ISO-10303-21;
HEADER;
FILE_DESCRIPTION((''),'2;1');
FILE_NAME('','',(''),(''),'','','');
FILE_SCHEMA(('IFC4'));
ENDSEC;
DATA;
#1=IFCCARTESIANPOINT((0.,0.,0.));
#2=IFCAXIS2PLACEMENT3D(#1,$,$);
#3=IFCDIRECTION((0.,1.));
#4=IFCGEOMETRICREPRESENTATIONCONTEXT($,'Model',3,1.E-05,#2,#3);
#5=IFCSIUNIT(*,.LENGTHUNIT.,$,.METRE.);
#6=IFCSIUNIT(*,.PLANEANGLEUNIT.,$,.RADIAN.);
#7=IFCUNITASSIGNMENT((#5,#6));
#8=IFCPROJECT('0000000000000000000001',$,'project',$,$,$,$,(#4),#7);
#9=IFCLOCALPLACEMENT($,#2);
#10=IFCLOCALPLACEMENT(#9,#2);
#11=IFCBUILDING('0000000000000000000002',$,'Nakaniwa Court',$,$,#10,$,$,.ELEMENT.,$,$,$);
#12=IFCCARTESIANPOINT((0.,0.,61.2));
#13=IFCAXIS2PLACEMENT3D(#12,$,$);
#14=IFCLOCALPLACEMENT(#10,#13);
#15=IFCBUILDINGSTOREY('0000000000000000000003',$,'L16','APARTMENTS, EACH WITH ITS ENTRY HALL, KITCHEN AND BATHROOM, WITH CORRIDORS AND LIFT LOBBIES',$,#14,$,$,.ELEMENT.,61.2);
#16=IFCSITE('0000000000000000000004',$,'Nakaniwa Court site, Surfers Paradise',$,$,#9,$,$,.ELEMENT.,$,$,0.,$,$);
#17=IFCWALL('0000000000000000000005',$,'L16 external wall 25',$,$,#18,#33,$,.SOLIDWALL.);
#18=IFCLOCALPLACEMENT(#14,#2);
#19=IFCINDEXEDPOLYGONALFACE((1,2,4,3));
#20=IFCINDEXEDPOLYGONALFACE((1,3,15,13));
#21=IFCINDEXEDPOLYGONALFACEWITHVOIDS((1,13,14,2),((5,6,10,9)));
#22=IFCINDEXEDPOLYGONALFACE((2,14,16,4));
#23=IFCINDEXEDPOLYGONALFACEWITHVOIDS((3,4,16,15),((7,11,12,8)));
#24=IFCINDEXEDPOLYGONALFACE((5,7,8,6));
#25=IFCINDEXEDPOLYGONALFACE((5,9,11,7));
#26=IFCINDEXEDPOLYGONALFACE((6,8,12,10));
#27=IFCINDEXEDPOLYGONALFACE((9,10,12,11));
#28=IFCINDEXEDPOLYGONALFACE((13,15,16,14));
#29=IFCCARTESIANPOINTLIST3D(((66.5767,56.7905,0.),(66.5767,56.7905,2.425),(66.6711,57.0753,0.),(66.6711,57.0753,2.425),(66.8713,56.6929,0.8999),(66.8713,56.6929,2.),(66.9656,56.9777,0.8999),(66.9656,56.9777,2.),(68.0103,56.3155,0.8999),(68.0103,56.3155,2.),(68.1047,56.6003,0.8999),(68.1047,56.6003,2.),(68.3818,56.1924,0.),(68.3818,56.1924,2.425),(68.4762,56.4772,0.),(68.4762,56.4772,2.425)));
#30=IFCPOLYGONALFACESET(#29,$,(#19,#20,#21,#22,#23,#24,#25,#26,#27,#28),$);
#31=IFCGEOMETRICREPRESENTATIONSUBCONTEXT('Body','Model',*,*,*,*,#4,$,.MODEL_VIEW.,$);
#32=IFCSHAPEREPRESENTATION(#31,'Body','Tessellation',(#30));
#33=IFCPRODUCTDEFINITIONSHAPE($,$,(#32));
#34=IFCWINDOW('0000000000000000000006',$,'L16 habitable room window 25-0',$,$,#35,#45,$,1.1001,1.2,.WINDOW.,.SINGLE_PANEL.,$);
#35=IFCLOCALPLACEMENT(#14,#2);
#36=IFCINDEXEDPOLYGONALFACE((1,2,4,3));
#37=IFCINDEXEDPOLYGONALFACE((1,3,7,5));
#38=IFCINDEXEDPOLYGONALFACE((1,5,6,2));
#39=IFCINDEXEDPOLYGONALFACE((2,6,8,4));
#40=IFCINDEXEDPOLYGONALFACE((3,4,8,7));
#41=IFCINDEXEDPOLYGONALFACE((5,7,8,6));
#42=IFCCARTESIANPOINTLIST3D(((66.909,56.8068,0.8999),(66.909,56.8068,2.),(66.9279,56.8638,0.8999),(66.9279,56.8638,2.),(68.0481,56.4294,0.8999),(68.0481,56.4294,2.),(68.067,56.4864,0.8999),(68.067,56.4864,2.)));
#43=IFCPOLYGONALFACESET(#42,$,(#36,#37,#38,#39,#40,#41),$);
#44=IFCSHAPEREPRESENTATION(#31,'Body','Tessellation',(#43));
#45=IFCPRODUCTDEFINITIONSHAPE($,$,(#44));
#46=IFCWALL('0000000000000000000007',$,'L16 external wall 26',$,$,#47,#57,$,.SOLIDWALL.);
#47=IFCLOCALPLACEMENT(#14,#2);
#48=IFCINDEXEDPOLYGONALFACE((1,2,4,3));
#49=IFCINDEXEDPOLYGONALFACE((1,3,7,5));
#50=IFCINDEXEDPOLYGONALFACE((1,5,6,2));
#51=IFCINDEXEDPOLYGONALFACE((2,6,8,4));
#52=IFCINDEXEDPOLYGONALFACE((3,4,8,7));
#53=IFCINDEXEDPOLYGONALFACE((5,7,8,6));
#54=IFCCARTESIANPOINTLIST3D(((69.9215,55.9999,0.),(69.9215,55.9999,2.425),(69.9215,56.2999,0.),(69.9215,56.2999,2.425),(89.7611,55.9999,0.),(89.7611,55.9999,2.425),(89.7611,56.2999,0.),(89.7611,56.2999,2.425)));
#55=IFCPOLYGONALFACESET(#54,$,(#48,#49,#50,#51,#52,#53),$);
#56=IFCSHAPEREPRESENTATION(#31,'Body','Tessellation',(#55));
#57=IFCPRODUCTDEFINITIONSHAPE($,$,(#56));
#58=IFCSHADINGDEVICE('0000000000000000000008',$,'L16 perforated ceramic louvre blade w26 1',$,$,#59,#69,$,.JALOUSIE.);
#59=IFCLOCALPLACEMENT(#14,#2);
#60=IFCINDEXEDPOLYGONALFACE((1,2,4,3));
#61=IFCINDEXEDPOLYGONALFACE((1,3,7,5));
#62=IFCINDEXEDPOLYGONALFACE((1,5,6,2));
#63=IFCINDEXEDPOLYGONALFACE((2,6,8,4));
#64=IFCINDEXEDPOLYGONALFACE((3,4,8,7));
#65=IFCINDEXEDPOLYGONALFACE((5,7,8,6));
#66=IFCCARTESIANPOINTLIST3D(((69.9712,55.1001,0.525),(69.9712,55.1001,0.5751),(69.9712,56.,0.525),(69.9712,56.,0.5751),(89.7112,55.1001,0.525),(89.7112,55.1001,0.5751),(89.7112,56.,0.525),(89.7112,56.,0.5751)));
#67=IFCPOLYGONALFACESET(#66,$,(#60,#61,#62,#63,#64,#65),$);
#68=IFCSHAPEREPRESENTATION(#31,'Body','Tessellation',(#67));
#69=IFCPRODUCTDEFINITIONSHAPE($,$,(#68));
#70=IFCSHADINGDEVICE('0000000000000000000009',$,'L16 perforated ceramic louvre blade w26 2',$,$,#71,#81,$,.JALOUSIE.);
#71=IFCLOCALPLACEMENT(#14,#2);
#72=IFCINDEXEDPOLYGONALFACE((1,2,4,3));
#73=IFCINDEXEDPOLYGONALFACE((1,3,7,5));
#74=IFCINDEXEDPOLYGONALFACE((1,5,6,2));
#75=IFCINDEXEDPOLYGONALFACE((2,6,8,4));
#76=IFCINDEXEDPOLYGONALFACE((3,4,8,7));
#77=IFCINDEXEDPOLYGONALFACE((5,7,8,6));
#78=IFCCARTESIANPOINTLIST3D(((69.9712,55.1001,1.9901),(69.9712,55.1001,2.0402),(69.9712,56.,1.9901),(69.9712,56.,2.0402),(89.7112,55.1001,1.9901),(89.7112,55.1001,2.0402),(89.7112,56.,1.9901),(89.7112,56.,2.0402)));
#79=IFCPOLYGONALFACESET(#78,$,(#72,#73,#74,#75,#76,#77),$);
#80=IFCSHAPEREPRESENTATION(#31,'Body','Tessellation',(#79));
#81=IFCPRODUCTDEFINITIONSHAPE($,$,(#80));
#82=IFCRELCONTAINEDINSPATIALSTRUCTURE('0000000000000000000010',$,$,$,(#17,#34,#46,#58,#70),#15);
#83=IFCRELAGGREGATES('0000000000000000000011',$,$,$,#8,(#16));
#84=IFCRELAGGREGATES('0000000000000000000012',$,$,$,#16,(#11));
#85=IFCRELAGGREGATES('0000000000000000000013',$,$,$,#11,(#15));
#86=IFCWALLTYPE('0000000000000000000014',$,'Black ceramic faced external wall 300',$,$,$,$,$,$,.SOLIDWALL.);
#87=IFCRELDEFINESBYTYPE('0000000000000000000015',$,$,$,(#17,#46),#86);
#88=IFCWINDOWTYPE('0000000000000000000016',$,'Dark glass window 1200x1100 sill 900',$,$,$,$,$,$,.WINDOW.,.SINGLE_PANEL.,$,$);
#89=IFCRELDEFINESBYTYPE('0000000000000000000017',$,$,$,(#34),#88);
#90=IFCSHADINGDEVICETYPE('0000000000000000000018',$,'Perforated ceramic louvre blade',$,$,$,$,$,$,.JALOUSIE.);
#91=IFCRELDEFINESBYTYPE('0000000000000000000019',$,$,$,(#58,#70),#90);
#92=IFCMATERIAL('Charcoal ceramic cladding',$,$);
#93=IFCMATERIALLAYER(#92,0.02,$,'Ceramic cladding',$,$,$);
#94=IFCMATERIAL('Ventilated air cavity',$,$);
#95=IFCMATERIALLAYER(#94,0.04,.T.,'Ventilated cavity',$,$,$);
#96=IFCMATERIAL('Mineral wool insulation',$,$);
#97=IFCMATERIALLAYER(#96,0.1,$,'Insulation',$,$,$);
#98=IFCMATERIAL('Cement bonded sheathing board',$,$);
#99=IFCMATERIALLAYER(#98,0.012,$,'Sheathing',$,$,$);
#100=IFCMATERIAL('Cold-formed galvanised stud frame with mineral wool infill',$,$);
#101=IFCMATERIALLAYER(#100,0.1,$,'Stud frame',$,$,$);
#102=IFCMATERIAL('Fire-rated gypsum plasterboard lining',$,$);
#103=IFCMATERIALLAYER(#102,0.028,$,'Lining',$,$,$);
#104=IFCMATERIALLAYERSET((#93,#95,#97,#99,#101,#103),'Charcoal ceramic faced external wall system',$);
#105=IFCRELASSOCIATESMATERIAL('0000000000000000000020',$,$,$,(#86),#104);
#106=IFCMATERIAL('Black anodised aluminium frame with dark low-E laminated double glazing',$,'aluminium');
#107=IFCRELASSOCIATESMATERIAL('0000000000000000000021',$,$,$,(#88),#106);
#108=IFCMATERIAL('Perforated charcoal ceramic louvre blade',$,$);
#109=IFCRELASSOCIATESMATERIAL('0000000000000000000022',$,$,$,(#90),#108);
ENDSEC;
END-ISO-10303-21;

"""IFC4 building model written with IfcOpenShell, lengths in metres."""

from ifc_helpers import new_model, si_unit, direction, frame, frame_2d, origin, origin_2d, place, context, subcontext, project, spatial, rectangle, extrude, material, layer, layer_set, material_profile, profile_set, type_object, element, fill, save


model = new_model("IFC4")

# Units and contexts
model_context = context("Model", 3, precision=1e-05, world=origin(), true_north=direction((0.0, 1.0)))
body_context = subcontext(model_context, "Body", "Model", "MODEL_VIEW")
ifc_project = project(units=[si_unit("LENGTHUNIT", "METRE"), si_unit("PLANEANGLEUNIT", "RADIAN")], contexts=[model_context])

# Site, building, storey
site_placement = place(None, origin())
site = spatial("IfcSite", under=ifc_project, at=site_placement, Name="Nakaniwa Court site, Surfers Paradise", CompositionType="ELEMENT", RefElevation=0.0)
building_placement = place(site_placement, origin())
building = spatial("IfcBuilding", under=site, at=building_placement, Name="Nakaniwa Court", CompositionType="ELEMENT")
storey_placement = place(building_placement, frame((0.0, 0.0, 61.2)))
storey = spatial("IfcBuildingStorey", under=building, at=storey_placement, Name="L16", Description="APARTMENTS, EACH WITH ITS ENTRY HALL, KITCHEN AND BATHROOM, WITH CORRIDORS AND LIFT LOBBIES", CompositionType="ELEMENT", Elevation=61.2)

# Wall, opening, window
ifc_material_1 = material(Name="Charcoal ceramic cladding")
ifc_layer_1 = layer(ifc_material_1, 0.02, Name="Ceramic cladding")
ifc_material_2 = material(Name="Ventilated air cavity")
ifc_layer_2 = layer(ifc_material_2, 0.04, ventilated=True, Name="Ventilated cavity")
ifc_material_3 = material(Name="Mineral wool insulation")
ifc_layer_3 = layer(ifc_material_3, 0.1, Name="Insulation")
ifc_material_4 = material(Name="Cement bonded sheathing board")
ifc_layer_4 = layer(ifc_material_4, 0.012, Name="Sheathing")
ifc_material_5 = material(Name="Cold-formed galvanised stud frame with mineral wool infill")
ifc_layer_5 = layer(ifc_material_5, 0.1, Name="Stud frame")
ifc_material_6 = material(Name="Fire-rated gypsum plasterboard lining")
ifc_layer_6 = layer(ifc_material_6, 0.028, Name="Lining")
ifc_layer_set_1 = layer_set([ifc_layer_1, ifc_layer_2, ifc_layer_3, ifc_layer_4, ifc_layer_5, ifc_layer_6], Name="Charcoal ceramic faced external wall system")
wall_type_1 = type_object("IfcWallType", Name="Black ceramic faced external wall 300", PredefinedType="SOLIDWALL", material=ifc_layer_set_1)
ifc_material_7 = material(Name="Black anodised aluminium frame with dark low-E laminated double glazing", Category="aluminium")
window_type_1 = type_object("IfcWindowType", Name="Dark glass window 1200x1100 sill 900", PartitioningType="SINGLE_PANEL", PredefinedType="WINDOW", material=ifc_material_7)
wall_1_placement = place(storey_placement, frame((66.624, 56.9329, 0.0), z_axis=(0.0, 0.0, 1.0), x_axis=(0.949247, -0.314533, 0.0)))
wall_1 = element("IfcWall", 1, at=wall_1_placement, inside=storey, type_object=wall_type_1, Name="L16 external wall 25", PredefinedType="SOLIDWALL", context=body_context, shape_type="SweptSolid", body=[
    extrude(rectangle(XDim=1.9016, YDim=0.3, at=frame_2d((0.9507, 0.0))), origin(), (0.0, 0.0, 1.0), 2.425),
])
opening_1_placement = place(wall_1_placement, frame((0.3101, 0.0, 0.8999)))
opening_1 = element("IfcOpeningElement", 2, at=opening_1_placement, cuts=wall_1, PredefinedType="OPENING", context=body_context, shape_type="SweptSolid", body=[
    extrude(rectangle(XDim=1.2, YDim=1.1001, at=frame_2d((0.6001, 0.55))), frame((0.0, 0.1599, 0.0), z_axis=(0.0, -1.0, 0.0), x_axis=(1.0, 0.0, 0.0)), (0.0, 0.0, 1.0), 0.3201),
])
window_1_placement = place(opening_1_placement, origin())
window_1 = element("IfcWindow", 3, at=window_1_placement, inside=storey, type_object=window_type_1, Name="L16 habitable room window 25-0", OverallHeight=1.1001, OverallWidth=1.2, PartitioningType="SINGLE_PANEL", PredefinedType="WINDOW", context=body_context, shape_type="SweptSolid", body=[
    extrude(rectangle(XDim=1.2, YDim=1.1001, at=frame_2d((0.6001, 0.55))), frame((0.0, 0.03, 0.0), z_axis=(0.0, -1.0, 0.0), x_axis=(1.0, 0.0, 0.0)), (0.0, 0.0, 1.0), 0.0601),
])
fill(opening_1, window_1)

# Wall
wall_2_placement = place(storey_placement, frame((69.9214, 56.1499, 0.0), z_axis=(0.0, 0.0, 1.0), x_axis=(1.0, 0.0, 0.0)))
element("IfcWall", 4, at=wall_2_placement, inside=storey, type_object=wall_type_1, Name="L16 external wall 26", PredefinedType="SOLIDWALL", context=body_context, shape_type="SweptSolid", body=[
    extrude(rectangle(XDim=19.8396, YDim=0.3, at=frame_2d((9.9199, 0.0))), origin(), (0.0, 0.0, 1.0), 2.425),
])

# Shading devices
ifc_material_8 = material(Name="Perforated charcoal ceramic louvre blade")
ifc_material_profile_1 = material_profile(ifc_material_8, rectangle(XDim=0.8999, YDim=0.05, at=origin_2d()), Name="Perforated ceramic louvre blade")
ifc_profile_set_1 = profile_set([ifc_material_profile_1], Name="Perforated charcoal ceramic louvre blade")
shading_device_type = type_object("IfcShadingDeviceType", Name="Perforated ceramic louvre blade", PredefinedType="JALOUSIE", material=ifc_profile_set_1)
for number, where, z_axis, x_axis, name in (
    (5, (69.9712, 55.55, 0.55), (1.0, 0.0, 0.0), (0.0, 1.0, 0.0), "L16 perforated ceramic louvre blade w26 1"),
    (6, (69.9712, 55.55, 2.0151), (1.0, 0.0, 0.0), (0.0, 1.0, 0.0), "L16 perforated ceramic louvre blade w26 2"),
):
    element("IfcShadingDevice", number, at=place(storey_placement, frame(where, z_axis=z_axis, x_axis=x_axis)), inside=storey, type_object=shading_device_type, Name=name, PredefinedType="JALOUSIE", context=body_context, shape_type="SweptSolid", body=[
        extrude(rectangle(XDim=0.8999, YDim=0.05, at=origin_2d()), origin(), (0.0, 0.0, 1.0), 19.74),
    ])

save(model, "model.ifc")
